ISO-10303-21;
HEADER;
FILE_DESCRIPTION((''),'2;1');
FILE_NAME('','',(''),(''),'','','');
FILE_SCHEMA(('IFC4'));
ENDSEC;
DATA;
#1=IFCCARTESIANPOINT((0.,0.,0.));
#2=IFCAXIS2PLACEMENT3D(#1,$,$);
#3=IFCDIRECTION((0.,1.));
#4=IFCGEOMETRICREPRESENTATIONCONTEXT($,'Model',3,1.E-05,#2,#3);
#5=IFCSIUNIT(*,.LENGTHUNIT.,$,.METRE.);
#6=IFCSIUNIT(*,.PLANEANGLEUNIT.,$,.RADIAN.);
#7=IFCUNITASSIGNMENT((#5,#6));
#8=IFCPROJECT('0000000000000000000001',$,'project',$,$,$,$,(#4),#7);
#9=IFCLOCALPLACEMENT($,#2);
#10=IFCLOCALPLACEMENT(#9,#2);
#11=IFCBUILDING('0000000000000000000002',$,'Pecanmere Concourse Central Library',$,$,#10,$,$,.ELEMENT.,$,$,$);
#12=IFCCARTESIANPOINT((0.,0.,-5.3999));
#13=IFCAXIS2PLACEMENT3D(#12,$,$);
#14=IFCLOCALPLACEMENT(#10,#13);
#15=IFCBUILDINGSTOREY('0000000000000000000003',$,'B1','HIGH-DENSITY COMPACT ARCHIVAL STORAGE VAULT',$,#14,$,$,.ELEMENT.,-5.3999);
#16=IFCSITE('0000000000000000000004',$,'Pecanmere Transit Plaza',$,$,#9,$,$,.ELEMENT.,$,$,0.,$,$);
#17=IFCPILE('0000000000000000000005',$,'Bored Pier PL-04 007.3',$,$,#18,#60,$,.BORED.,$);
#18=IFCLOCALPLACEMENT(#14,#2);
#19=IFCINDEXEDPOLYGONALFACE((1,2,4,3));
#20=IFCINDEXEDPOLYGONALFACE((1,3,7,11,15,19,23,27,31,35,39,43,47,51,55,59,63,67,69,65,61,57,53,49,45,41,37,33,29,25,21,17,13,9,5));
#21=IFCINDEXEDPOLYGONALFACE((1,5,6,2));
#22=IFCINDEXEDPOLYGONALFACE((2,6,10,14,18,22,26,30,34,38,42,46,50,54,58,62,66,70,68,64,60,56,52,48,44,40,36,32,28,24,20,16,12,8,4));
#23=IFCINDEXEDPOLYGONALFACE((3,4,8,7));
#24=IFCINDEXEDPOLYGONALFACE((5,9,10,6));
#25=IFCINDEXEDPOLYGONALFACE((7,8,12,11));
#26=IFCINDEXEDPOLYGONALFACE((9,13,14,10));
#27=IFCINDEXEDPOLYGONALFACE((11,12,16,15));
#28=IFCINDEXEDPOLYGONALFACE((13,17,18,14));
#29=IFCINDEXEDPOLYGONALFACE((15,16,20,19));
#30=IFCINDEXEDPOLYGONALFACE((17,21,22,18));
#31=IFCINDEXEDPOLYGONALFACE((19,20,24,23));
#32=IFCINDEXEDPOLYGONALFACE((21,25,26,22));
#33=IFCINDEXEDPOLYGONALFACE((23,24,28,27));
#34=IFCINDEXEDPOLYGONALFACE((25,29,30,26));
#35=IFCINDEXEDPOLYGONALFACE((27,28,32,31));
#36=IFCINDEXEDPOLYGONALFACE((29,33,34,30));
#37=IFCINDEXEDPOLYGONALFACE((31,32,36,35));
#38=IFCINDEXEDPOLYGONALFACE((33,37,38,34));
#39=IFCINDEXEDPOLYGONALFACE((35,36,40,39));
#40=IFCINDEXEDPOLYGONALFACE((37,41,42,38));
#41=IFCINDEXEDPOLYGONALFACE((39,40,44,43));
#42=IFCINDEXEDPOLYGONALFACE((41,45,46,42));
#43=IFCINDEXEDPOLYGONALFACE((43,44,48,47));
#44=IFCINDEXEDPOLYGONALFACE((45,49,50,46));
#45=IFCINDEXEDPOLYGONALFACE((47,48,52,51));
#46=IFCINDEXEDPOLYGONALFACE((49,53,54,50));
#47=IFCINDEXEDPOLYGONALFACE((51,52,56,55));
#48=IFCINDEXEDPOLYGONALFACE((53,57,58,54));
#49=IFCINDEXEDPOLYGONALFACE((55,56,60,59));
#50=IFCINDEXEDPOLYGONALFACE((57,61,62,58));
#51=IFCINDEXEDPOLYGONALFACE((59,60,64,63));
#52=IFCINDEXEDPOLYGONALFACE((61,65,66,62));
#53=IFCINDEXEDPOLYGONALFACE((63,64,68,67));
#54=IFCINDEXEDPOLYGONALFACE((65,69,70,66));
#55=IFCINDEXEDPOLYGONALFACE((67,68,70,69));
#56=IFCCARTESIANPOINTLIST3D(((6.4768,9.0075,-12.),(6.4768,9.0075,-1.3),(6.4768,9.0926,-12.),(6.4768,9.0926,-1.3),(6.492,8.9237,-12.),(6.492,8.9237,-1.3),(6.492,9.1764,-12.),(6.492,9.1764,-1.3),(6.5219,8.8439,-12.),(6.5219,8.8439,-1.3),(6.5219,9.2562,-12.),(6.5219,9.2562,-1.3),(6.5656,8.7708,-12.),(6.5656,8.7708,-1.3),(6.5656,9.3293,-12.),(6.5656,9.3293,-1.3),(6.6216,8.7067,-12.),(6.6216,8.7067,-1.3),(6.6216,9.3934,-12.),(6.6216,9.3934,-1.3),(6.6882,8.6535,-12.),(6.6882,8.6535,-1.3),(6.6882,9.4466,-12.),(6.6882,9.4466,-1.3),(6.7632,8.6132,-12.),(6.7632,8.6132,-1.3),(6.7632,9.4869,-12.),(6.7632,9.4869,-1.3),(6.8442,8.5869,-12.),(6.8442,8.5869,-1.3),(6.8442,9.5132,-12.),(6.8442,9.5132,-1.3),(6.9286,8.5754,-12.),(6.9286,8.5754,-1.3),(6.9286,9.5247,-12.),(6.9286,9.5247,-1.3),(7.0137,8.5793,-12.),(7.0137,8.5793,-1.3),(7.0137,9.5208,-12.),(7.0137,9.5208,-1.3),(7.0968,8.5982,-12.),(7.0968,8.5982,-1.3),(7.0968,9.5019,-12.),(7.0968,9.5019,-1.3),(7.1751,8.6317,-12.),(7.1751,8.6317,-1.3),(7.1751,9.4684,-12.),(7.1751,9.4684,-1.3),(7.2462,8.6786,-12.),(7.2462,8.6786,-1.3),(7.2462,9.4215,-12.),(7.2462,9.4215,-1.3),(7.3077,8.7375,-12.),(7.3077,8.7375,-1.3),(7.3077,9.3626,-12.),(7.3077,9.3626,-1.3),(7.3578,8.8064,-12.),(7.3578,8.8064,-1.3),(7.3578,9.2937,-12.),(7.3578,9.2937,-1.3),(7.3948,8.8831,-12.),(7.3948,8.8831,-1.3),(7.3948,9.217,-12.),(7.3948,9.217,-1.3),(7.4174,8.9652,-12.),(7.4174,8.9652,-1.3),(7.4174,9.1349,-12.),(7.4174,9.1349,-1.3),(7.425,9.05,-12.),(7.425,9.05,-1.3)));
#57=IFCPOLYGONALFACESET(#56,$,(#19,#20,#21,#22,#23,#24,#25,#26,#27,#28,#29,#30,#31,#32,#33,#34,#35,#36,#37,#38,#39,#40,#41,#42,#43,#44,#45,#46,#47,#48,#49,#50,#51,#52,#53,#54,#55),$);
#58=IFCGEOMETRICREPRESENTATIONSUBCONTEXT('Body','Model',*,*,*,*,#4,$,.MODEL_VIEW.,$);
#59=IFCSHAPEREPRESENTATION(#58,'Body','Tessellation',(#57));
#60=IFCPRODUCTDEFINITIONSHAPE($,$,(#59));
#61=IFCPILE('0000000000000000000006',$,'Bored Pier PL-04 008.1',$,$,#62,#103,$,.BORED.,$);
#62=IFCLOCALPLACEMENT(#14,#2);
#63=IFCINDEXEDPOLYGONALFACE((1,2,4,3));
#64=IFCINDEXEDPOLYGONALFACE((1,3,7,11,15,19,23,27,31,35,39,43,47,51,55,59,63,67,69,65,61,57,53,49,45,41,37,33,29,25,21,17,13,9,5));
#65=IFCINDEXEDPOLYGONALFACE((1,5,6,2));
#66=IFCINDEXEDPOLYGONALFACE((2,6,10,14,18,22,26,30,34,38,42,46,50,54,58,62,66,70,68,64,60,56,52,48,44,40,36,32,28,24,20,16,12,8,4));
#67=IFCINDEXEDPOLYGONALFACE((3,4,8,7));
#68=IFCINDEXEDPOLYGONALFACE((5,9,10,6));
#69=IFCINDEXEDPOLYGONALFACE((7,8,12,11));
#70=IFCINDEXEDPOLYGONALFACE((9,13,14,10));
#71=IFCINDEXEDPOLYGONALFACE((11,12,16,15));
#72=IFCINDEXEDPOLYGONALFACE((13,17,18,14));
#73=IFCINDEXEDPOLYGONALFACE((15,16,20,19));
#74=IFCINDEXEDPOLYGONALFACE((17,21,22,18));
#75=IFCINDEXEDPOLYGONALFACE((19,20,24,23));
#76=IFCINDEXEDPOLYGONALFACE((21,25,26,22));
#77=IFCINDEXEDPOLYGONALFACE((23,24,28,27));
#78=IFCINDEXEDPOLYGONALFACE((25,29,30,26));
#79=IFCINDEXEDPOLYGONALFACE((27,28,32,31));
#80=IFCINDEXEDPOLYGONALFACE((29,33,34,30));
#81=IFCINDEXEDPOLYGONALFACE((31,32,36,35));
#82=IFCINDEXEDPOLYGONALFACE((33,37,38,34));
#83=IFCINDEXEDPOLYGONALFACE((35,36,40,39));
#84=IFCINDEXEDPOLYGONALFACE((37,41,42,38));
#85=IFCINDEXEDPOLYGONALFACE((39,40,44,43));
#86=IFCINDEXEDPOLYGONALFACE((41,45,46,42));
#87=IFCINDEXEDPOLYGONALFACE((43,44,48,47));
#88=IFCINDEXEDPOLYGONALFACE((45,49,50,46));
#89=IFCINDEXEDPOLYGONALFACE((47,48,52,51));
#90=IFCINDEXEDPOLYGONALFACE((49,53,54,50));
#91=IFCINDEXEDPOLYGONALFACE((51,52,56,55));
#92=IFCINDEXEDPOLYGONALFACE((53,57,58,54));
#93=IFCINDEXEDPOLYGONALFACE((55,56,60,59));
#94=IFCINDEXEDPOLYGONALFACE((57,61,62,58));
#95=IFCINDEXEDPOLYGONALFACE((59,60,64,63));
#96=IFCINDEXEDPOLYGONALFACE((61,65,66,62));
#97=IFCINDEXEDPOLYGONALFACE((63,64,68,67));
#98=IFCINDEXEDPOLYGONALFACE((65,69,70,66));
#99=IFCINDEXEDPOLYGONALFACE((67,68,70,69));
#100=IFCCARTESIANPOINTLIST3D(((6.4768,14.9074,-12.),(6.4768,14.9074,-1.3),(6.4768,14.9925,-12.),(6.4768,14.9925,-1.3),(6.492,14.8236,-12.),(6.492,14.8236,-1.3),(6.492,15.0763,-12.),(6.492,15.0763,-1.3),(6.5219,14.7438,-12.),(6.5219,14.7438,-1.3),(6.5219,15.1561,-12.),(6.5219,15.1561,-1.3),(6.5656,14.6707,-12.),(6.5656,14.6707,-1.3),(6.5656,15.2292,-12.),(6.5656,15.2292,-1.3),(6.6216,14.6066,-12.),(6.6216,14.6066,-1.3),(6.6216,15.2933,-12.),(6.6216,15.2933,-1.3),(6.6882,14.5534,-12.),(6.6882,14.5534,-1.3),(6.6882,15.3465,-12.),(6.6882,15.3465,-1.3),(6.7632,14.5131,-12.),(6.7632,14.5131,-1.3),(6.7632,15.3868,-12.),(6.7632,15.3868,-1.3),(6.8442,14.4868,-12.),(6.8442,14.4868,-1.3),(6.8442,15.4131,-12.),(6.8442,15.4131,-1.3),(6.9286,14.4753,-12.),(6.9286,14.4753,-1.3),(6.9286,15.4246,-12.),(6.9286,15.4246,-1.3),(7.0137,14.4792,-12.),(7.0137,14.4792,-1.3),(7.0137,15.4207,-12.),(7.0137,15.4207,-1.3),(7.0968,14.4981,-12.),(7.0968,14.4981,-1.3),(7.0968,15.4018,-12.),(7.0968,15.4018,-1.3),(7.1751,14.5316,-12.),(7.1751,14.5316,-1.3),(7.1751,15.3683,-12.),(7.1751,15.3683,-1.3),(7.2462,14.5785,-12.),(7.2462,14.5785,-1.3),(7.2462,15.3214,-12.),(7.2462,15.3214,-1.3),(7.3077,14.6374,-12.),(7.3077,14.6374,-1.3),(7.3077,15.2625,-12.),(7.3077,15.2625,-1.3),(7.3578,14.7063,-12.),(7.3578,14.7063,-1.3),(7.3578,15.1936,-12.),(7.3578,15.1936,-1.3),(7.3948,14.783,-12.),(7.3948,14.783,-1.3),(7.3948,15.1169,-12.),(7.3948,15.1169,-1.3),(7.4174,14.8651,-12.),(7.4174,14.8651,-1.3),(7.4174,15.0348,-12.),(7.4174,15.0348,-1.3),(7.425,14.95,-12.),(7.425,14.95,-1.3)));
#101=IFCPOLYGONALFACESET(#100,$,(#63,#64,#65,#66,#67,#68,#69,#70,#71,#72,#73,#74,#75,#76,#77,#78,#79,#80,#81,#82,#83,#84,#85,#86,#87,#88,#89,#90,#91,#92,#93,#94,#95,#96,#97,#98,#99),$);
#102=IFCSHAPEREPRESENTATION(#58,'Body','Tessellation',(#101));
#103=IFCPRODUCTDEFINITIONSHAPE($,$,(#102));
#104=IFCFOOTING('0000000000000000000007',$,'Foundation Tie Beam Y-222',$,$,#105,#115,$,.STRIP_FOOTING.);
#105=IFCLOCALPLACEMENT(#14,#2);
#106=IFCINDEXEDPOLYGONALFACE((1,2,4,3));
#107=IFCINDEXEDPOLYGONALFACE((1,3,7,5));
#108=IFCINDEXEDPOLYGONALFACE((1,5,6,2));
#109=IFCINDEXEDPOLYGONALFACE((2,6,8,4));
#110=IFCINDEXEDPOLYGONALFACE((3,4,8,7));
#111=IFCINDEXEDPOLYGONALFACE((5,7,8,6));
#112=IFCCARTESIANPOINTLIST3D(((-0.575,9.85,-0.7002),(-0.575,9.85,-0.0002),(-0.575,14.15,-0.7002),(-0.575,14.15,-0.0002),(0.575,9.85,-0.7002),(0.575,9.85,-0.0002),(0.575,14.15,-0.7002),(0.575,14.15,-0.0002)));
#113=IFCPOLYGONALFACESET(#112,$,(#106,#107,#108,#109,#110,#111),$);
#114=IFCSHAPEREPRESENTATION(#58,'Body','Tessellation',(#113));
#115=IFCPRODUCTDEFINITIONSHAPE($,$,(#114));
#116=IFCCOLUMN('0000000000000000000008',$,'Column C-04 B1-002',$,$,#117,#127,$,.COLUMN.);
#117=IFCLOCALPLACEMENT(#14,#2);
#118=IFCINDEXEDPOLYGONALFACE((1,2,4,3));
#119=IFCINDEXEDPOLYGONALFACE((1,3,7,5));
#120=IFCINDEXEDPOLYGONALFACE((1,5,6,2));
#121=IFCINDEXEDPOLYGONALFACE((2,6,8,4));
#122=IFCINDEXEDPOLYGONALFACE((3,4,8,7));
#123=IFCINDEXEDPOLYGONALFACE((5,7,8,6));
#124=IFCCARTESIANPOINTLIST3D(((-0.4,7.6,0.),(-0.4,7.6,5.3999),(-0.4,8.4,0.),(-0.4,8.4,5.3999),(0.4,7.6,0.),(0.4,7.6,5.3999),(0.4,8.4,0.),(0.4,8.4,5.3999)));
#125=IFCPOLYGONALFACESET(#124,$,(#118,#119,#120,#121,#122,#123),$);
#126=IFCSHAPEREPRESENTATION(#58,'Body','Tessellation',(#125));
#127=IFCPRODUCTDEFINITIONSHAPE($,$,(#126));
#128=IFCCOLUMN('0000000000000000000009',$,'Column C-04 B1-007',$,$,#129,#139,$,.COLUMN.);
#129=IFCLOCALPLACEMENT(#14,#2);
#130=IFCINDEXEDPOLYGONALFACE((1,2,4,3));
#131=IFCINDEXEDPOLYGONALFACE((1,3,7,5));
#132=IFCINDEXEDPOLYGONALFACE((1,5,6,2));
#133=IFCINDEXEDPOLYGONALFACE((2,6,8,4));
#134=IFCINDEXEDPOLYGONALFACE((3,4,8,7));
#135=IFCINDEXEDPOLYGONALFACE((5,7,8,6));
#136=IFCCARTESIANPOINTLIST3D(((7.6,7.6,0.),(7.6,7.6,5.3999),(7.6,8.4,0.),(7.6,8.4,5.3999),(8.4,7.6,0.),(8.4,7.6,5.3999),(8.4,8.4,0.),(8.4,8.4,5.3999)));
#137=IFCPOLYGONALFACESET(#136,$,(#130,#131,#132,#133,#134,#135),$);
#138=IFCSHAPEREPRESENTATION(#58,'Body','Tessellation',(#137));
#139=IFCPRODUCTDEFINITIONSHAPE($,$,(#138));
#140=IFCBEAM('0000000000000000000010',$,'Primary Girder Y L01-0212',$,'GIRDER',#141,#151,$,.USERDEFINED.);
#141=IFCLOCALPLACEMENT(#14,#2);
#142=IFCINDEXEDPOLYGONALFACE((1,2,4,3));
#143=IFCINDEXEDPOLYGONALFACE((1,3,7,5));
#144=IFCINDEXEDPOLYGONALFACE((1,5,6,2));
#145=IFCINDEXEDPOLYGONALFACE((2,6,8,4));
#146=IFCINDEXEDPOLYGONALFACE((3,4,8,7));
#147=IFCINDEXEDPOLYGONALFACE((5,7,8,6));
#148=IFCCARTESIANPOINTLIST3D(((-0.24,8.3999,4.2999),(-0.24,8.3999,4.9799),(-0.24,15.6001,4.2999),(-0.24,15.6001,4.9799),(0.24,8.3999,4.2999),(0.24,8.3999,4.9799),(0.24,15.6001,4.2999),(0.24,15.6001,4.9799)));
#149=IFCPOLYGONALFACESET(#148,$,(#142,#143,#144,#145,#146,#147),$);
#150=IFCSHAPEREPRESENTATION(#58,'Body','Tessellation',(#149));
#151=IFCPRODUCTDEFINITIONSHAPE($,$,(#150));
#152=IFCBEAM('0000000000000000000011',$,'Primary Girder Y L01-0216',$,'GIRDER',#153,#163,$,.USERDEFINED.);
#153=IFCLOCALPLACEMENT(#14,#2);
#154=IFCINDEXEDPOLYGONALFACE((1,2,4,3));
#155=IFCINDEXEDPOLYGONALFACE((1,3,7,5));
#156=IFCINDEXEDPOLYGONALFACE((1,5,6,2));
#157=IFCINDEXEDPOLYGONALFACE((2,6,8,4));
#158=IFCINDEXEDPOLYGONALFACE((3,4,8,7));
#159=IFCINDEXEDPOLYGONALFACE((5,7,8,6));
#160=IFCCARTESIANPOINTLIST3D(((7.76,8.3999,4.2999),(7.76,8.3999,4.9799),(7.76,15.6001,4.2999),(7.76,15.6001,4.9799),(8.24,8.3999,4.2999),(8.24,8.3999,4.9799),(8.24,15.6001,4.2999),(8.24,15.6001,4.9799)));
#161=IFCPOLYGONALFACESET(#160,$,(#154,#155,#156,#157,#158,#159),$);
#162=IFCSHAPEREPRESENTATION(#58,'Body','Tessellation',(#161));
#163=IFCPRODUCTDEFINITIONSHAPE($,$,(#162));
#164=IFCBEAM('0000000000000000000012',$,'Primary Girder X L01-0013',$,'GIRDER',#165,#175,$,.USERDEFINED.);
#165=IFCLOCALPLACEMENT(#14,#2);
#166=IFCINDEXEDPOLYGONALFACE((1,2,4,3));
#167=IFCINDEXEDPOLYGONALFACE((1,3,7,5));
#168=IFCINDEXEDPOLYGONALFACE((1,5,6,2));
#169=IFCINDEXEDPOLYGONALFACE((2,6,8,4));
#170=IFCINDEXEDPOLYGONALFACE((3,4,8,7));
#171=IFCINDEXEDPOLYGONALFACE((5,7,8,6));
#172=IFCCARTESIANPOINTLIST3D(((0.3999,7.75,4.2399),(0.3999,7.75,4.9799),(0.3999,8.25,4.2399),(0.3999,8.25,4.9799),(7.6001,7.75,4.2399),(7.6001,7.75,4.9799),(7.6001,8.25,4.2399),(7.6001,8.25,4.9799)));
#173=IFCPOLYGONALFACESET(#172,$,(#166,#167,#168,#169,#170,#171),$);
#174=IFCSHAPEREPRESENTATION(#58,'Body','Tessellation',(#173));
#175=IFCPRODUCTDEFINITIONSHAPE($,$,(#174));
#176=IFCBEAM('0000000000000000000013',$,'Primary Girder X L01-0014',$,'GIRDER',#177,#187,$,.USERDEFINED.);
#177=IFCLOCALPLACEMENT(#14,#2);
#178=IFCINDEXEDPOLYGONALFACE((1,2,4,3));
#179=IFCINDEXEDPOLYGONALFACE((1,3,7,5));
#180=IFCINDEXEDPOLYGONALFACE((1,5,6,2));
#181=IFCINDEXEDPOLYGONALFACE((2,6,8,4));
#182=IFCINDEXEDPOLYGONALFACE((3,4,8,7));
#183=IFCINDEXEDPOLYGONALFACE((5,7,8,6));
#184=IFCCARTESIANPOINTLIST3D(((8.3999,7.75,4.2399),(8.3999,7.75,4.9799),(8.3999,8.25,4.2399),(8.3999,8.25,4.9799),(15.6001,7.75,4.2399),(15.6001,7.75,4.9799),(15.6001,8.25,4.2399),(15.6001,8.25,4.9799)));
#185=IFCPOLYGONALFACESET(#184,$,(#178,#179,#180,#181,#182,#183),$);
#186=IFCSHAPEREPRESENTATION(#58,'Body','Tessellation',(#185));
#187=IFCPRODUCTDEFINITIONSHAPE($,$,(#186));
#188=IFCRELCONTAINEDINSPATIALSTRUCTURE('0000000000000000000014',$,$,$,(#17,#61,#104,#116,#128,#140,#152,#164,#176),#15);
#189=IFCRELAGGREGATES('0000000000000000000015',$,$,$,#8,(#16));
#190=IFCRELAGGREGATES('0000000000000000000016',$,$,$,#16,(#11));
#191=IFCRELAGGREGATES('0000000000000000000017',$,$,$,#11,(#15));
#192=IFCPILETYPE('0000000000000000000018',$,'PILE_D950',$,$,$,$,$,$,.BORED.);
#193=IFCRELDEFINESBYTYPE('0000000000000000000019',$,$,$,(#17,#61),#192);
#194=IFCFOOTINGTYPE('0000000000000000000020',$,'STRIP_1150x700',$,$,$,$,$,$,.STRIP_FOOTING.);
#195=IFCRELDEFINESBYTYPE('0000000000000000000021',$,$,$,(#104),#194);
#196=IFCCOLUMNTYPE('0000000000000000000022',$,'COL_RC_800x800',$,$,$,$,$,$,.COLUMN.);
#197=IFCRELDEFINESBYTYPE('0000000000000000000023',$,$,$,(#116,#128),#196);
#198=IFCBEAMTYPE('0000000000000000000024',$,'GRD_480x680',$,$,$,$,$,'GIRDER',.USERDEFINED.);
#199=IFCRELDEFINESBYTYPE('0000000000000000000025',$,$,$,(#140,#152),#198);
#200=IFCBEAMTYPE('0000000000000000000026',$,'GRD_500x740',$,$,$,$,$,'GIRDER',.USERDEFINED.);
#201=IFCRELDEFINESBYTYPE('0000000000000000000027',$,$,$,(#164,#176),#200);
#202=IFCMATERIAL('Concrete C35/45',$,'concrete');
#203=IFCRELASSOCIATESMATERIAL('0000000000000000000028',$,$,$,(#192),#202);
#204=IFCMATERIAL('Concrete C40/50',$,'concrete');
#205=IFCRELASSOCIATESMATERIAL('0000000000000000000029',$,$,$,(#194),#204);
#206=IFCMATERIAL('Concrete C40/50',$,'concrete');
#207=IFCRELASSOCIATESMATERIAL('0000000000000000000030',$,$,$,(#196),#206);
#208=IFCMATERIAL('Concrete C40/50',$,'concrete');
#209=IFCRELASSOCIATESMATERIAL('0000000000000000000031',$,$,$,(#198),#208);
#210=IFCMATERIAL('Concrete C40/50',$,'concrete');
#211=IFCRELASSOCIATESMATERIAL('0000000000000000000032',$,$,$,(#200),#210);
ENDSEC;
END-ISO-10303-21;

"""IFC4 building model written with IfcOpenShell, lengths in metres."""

from ifc_helpers import new_model, si_unit, direction, frame, origin, origin_2d, place, context, subcontext, project, spatial, rectangle, circle, extrude, material, material_profile, profile_set, type_object, element, save


model = new_model("IFC4")

# Units and contexts
model_context = context("Model", 3, precision=1e-05, world=origin(), true_north=direction((0.0, 1.0)))
body_context = subcontext(model_context, "Body", "Model", "MODEL_VIEW")
ifc_project = project(units=[si_unit("LENGTHUNIT", "METRE"), si_unit("PLANEANGLEUNIT", "RADIAN")], contexts=[model_context])

# Site, building, storey
site_placement = place(None, origin())
site = spatial("IfcSite", under=ifc_project, at=site_placement, Name="Pecanmere Transit Plaza", CompositionType="ELEMENT", RefElevation=0.0)
building_placement = place(site_placement, origin())
building = spatial("IfcBuilding", under=site, at=building_placement, Name="Pecanmere Concourse Central Library", CompositionType="ELEMENT")
storey_placement = place(building_placement, frame((0.0, 0.0, -5.3999)))
storey = spatial("IfcBuildingStorey", under=building, at=storey_placement, Name="B1", Description="HIGH-DENSITY COMPACT ARCHIVAL STORAGE VAULT", CompositionType="ELEMENT", Elevation=-5.3999)

# Piles
ifc_material_1 = material(Name="Concrete C35/45", Category="concrete")
ifc_material_profile_1 = material_profile(ifc_material_1, circle(Radius=0.4751, at=origin_2d()), Name="PIER D950")
ifc_profile_set_1 = profile_set([ifc_material_profile_1], Name="Concrete C35/45")
pile_type = type_object("IfcPileType", Name="PILE_D950", PredefinedType="BORED", material=ifc_profile_set_1)
for number, where, z_axis, x_axis, name in (
    (1, (6.95, 9.05, -1.3), (0.0, 0.0, -1.0), (1.0, 0.0, 0.0), "Bored Pier PL-04 007.3"),
    (2, (6.95, 14.95, -1.3), (0.0, 0.0, -1.0), (1.0, 0.0, 0.0), "Bored Pier PL-04 008.1"),
):
    element("IfcPile", number, at=place(storey_placement, frame(where, z_axis=z_axis, x_axis=x_axis)), inside=storey, type_object=pile_type, Name=name, PredefinedType="BORED", context=body_context, shape_type="SweptSolid", body=[
        extrude(circle(Radius=0.4751, at=origin_2d()), origin(), (0.0, 0.0, 1.0), 10.7),
    ])

# Footing
ifc_material_2 = material(Name="Concrete C40/50", Category="concrete")
ifc_material_profile_2 = material_profile(ifc_material_2, rectangle(XDim=1.1499, YDim=0.7, at=origin_2d()), Name="RC 1150x700")
ifc_profile_set_2 = profile_set([ifc_material_profile_2], Name="Concrete C40/50")
footing_type_1 = type_object("IfcFootingType", Name="STRIP_1150x700", PredefinedType="STRIP_FOOTING", material=ifc_profile_set_2)
footing_placement = place(storey_placement, frame((0.0, 12.0, -0.7002), z_axis=(0.0, 0.0, 1.0), x_axis=(0.0, 1.0, 0.0)))
element("IfcFooting", 3, at=footing_placement, inside=storey, type_object=footing_type_1, Name="Foundation Tie Beam Y-222", PredefinedType="STRIP_FOOTING", context=body_context, shape_type="SweptSolid", body=[
    extrude(rectangle(XDim=4.3, YDim=1.1499, at=origin_2d()), origin(), (0.0, 0.0, 1.0), 0.7),
])

# Columns
ifc_material_3 = material(Name="Concrete C40/50", Category="concrete")
ifc_material_profile_3 = material_profile(ifc_material_3, rectangle(XDim=0.8, YDim=0.8, at=origin_2d()), Name="RC 800x800")
ifc_profile_set_3 = profile_set([ifc_material_profile_3], Name="Concrete C40/50")
column_type = type_object("IfcColumnType", Name="COL_RC_800x800", PredefinedType="COLUMN", material=ifc_profile_set_3)
for number, where, z_axis, x_axis, name in (
    (4, (0.0, 8.0, 0.0), (0.0, 0.0, 1.0), (1.0, 0.0, 0.0), "Column C-04 B1-002"),
    (5, (8.0, 8.0, 0.0), (0.0, 0.0, 1.0), (1.0, 0.0, 0.0), "Column C-04 B1-007"),
):
    element("IfcColumn", number, at=place(storey_placement, frame(where, z_axis=z_axis, x_axis=x_axis)), inside=storey, type_object=column_type, Name=name, PredefinedType="COLUMN", context=body_context, shape_type="SweptSolid", body=[
        extrude(rectangle(XDim=0.8, YDim=0.8, at=origin_2d()), origin(), (0.0, 0.0, 1.0), 5.3999),
    ])

# Beams
ifc_material_4 = material(Name="Concrete C40/50", Category="concrete")
ifc_material_profile_4 = material_profile(ifc_material_4, rectangle(XDim=0.48, YDim=0.6799, at=origin_2d()), Name="RC 480x680")
ifc_profile_set_4 = profile_set([ifc_material_profile_4], Name="Concrete C40/50")
beam_type_1 = type_object("IfcBeamType", Name="GRD_480x680", ElementType="GIRDER", PredefinedType="USERDEFINED", material=ifc_profile_set_4)
for number, where, z_axis, x_axis, name in (
    (6, (0.0, 8.3999, 4.6399), (0.0, 1.0, 0.0), (-1.0, 0.0, 0.0), "Primary Girder Y L01-0212"),
    (7, (8.0, 8.3999, 4.6399), (0.0, 1.0, 0.0), (-1.0, 0.0, 0.0), "Primary Girder Y L01-0216"),
):
    element("IfcBeam", number, at=place(storey_placement, frame(where, z_axis=z_axis, x_axis=x_axis)), inside=storey, type_object=beam_type_1, Name=name, ObjectType="GIRDER", PredefinedType="USERDEFINED", context=body_context, shape_type="SweptSolid", body=[
        extrude(rectangle(XDim=0.48, YDim=0.6799, at=origin_2d()), origin(), (0.0, 0.0, 1.0), 7.2002),
    ])
ifc_material_5 = material(Name="Concrete C40/50", Category="concrete")
ifc_material_profile_5 = material_profile(ifc_material_5, rectangle(XDim=0.5, YDim=0.74, at=origin_2d()), Name="RC 500x740")
ifc_profile_set_5 = profile_set([ifc_material_profile_5], Name="Concrete C40/50")
beam_type_2 = type_object("IfcBeamType", Name="GRD_500x740", ElementType="GIRDER", PredefinedType="USERDEFINED", material=ifc_profile_set_5)
for number, where, z_axis, x_axis, name in (
    (8, (0.3999, 8.0, 4.6099), (1.0, 0.0, 0.0), (0.0, 1.0, 0.0), "Primary Girder X L01-0013"),
    (9, (8.3999, 8.0, 4.6099), (1.0, 0.0, 0.0), (0.0, 1.0, 0.0), "Primary Girder X L01-0014"),
):
    element("IfcBeam", number, at=place(storey_placement, frame(where, z_axis=z_axis, x_axis=x_axis)), inside=storey, type_object=beam_type_2, Name=name, ObjectType="GIRDER", PredefinedType="USERDEFINED", context=body_context, shape_type="SweptSolid", body=[
        extrude(rectangle(XDim=0.5, YDim=0.74, at=origin_2d()), origin(), (0.0, 0.0, 1.0), 7.2002),
    ])

save(model, "model.ifc")
